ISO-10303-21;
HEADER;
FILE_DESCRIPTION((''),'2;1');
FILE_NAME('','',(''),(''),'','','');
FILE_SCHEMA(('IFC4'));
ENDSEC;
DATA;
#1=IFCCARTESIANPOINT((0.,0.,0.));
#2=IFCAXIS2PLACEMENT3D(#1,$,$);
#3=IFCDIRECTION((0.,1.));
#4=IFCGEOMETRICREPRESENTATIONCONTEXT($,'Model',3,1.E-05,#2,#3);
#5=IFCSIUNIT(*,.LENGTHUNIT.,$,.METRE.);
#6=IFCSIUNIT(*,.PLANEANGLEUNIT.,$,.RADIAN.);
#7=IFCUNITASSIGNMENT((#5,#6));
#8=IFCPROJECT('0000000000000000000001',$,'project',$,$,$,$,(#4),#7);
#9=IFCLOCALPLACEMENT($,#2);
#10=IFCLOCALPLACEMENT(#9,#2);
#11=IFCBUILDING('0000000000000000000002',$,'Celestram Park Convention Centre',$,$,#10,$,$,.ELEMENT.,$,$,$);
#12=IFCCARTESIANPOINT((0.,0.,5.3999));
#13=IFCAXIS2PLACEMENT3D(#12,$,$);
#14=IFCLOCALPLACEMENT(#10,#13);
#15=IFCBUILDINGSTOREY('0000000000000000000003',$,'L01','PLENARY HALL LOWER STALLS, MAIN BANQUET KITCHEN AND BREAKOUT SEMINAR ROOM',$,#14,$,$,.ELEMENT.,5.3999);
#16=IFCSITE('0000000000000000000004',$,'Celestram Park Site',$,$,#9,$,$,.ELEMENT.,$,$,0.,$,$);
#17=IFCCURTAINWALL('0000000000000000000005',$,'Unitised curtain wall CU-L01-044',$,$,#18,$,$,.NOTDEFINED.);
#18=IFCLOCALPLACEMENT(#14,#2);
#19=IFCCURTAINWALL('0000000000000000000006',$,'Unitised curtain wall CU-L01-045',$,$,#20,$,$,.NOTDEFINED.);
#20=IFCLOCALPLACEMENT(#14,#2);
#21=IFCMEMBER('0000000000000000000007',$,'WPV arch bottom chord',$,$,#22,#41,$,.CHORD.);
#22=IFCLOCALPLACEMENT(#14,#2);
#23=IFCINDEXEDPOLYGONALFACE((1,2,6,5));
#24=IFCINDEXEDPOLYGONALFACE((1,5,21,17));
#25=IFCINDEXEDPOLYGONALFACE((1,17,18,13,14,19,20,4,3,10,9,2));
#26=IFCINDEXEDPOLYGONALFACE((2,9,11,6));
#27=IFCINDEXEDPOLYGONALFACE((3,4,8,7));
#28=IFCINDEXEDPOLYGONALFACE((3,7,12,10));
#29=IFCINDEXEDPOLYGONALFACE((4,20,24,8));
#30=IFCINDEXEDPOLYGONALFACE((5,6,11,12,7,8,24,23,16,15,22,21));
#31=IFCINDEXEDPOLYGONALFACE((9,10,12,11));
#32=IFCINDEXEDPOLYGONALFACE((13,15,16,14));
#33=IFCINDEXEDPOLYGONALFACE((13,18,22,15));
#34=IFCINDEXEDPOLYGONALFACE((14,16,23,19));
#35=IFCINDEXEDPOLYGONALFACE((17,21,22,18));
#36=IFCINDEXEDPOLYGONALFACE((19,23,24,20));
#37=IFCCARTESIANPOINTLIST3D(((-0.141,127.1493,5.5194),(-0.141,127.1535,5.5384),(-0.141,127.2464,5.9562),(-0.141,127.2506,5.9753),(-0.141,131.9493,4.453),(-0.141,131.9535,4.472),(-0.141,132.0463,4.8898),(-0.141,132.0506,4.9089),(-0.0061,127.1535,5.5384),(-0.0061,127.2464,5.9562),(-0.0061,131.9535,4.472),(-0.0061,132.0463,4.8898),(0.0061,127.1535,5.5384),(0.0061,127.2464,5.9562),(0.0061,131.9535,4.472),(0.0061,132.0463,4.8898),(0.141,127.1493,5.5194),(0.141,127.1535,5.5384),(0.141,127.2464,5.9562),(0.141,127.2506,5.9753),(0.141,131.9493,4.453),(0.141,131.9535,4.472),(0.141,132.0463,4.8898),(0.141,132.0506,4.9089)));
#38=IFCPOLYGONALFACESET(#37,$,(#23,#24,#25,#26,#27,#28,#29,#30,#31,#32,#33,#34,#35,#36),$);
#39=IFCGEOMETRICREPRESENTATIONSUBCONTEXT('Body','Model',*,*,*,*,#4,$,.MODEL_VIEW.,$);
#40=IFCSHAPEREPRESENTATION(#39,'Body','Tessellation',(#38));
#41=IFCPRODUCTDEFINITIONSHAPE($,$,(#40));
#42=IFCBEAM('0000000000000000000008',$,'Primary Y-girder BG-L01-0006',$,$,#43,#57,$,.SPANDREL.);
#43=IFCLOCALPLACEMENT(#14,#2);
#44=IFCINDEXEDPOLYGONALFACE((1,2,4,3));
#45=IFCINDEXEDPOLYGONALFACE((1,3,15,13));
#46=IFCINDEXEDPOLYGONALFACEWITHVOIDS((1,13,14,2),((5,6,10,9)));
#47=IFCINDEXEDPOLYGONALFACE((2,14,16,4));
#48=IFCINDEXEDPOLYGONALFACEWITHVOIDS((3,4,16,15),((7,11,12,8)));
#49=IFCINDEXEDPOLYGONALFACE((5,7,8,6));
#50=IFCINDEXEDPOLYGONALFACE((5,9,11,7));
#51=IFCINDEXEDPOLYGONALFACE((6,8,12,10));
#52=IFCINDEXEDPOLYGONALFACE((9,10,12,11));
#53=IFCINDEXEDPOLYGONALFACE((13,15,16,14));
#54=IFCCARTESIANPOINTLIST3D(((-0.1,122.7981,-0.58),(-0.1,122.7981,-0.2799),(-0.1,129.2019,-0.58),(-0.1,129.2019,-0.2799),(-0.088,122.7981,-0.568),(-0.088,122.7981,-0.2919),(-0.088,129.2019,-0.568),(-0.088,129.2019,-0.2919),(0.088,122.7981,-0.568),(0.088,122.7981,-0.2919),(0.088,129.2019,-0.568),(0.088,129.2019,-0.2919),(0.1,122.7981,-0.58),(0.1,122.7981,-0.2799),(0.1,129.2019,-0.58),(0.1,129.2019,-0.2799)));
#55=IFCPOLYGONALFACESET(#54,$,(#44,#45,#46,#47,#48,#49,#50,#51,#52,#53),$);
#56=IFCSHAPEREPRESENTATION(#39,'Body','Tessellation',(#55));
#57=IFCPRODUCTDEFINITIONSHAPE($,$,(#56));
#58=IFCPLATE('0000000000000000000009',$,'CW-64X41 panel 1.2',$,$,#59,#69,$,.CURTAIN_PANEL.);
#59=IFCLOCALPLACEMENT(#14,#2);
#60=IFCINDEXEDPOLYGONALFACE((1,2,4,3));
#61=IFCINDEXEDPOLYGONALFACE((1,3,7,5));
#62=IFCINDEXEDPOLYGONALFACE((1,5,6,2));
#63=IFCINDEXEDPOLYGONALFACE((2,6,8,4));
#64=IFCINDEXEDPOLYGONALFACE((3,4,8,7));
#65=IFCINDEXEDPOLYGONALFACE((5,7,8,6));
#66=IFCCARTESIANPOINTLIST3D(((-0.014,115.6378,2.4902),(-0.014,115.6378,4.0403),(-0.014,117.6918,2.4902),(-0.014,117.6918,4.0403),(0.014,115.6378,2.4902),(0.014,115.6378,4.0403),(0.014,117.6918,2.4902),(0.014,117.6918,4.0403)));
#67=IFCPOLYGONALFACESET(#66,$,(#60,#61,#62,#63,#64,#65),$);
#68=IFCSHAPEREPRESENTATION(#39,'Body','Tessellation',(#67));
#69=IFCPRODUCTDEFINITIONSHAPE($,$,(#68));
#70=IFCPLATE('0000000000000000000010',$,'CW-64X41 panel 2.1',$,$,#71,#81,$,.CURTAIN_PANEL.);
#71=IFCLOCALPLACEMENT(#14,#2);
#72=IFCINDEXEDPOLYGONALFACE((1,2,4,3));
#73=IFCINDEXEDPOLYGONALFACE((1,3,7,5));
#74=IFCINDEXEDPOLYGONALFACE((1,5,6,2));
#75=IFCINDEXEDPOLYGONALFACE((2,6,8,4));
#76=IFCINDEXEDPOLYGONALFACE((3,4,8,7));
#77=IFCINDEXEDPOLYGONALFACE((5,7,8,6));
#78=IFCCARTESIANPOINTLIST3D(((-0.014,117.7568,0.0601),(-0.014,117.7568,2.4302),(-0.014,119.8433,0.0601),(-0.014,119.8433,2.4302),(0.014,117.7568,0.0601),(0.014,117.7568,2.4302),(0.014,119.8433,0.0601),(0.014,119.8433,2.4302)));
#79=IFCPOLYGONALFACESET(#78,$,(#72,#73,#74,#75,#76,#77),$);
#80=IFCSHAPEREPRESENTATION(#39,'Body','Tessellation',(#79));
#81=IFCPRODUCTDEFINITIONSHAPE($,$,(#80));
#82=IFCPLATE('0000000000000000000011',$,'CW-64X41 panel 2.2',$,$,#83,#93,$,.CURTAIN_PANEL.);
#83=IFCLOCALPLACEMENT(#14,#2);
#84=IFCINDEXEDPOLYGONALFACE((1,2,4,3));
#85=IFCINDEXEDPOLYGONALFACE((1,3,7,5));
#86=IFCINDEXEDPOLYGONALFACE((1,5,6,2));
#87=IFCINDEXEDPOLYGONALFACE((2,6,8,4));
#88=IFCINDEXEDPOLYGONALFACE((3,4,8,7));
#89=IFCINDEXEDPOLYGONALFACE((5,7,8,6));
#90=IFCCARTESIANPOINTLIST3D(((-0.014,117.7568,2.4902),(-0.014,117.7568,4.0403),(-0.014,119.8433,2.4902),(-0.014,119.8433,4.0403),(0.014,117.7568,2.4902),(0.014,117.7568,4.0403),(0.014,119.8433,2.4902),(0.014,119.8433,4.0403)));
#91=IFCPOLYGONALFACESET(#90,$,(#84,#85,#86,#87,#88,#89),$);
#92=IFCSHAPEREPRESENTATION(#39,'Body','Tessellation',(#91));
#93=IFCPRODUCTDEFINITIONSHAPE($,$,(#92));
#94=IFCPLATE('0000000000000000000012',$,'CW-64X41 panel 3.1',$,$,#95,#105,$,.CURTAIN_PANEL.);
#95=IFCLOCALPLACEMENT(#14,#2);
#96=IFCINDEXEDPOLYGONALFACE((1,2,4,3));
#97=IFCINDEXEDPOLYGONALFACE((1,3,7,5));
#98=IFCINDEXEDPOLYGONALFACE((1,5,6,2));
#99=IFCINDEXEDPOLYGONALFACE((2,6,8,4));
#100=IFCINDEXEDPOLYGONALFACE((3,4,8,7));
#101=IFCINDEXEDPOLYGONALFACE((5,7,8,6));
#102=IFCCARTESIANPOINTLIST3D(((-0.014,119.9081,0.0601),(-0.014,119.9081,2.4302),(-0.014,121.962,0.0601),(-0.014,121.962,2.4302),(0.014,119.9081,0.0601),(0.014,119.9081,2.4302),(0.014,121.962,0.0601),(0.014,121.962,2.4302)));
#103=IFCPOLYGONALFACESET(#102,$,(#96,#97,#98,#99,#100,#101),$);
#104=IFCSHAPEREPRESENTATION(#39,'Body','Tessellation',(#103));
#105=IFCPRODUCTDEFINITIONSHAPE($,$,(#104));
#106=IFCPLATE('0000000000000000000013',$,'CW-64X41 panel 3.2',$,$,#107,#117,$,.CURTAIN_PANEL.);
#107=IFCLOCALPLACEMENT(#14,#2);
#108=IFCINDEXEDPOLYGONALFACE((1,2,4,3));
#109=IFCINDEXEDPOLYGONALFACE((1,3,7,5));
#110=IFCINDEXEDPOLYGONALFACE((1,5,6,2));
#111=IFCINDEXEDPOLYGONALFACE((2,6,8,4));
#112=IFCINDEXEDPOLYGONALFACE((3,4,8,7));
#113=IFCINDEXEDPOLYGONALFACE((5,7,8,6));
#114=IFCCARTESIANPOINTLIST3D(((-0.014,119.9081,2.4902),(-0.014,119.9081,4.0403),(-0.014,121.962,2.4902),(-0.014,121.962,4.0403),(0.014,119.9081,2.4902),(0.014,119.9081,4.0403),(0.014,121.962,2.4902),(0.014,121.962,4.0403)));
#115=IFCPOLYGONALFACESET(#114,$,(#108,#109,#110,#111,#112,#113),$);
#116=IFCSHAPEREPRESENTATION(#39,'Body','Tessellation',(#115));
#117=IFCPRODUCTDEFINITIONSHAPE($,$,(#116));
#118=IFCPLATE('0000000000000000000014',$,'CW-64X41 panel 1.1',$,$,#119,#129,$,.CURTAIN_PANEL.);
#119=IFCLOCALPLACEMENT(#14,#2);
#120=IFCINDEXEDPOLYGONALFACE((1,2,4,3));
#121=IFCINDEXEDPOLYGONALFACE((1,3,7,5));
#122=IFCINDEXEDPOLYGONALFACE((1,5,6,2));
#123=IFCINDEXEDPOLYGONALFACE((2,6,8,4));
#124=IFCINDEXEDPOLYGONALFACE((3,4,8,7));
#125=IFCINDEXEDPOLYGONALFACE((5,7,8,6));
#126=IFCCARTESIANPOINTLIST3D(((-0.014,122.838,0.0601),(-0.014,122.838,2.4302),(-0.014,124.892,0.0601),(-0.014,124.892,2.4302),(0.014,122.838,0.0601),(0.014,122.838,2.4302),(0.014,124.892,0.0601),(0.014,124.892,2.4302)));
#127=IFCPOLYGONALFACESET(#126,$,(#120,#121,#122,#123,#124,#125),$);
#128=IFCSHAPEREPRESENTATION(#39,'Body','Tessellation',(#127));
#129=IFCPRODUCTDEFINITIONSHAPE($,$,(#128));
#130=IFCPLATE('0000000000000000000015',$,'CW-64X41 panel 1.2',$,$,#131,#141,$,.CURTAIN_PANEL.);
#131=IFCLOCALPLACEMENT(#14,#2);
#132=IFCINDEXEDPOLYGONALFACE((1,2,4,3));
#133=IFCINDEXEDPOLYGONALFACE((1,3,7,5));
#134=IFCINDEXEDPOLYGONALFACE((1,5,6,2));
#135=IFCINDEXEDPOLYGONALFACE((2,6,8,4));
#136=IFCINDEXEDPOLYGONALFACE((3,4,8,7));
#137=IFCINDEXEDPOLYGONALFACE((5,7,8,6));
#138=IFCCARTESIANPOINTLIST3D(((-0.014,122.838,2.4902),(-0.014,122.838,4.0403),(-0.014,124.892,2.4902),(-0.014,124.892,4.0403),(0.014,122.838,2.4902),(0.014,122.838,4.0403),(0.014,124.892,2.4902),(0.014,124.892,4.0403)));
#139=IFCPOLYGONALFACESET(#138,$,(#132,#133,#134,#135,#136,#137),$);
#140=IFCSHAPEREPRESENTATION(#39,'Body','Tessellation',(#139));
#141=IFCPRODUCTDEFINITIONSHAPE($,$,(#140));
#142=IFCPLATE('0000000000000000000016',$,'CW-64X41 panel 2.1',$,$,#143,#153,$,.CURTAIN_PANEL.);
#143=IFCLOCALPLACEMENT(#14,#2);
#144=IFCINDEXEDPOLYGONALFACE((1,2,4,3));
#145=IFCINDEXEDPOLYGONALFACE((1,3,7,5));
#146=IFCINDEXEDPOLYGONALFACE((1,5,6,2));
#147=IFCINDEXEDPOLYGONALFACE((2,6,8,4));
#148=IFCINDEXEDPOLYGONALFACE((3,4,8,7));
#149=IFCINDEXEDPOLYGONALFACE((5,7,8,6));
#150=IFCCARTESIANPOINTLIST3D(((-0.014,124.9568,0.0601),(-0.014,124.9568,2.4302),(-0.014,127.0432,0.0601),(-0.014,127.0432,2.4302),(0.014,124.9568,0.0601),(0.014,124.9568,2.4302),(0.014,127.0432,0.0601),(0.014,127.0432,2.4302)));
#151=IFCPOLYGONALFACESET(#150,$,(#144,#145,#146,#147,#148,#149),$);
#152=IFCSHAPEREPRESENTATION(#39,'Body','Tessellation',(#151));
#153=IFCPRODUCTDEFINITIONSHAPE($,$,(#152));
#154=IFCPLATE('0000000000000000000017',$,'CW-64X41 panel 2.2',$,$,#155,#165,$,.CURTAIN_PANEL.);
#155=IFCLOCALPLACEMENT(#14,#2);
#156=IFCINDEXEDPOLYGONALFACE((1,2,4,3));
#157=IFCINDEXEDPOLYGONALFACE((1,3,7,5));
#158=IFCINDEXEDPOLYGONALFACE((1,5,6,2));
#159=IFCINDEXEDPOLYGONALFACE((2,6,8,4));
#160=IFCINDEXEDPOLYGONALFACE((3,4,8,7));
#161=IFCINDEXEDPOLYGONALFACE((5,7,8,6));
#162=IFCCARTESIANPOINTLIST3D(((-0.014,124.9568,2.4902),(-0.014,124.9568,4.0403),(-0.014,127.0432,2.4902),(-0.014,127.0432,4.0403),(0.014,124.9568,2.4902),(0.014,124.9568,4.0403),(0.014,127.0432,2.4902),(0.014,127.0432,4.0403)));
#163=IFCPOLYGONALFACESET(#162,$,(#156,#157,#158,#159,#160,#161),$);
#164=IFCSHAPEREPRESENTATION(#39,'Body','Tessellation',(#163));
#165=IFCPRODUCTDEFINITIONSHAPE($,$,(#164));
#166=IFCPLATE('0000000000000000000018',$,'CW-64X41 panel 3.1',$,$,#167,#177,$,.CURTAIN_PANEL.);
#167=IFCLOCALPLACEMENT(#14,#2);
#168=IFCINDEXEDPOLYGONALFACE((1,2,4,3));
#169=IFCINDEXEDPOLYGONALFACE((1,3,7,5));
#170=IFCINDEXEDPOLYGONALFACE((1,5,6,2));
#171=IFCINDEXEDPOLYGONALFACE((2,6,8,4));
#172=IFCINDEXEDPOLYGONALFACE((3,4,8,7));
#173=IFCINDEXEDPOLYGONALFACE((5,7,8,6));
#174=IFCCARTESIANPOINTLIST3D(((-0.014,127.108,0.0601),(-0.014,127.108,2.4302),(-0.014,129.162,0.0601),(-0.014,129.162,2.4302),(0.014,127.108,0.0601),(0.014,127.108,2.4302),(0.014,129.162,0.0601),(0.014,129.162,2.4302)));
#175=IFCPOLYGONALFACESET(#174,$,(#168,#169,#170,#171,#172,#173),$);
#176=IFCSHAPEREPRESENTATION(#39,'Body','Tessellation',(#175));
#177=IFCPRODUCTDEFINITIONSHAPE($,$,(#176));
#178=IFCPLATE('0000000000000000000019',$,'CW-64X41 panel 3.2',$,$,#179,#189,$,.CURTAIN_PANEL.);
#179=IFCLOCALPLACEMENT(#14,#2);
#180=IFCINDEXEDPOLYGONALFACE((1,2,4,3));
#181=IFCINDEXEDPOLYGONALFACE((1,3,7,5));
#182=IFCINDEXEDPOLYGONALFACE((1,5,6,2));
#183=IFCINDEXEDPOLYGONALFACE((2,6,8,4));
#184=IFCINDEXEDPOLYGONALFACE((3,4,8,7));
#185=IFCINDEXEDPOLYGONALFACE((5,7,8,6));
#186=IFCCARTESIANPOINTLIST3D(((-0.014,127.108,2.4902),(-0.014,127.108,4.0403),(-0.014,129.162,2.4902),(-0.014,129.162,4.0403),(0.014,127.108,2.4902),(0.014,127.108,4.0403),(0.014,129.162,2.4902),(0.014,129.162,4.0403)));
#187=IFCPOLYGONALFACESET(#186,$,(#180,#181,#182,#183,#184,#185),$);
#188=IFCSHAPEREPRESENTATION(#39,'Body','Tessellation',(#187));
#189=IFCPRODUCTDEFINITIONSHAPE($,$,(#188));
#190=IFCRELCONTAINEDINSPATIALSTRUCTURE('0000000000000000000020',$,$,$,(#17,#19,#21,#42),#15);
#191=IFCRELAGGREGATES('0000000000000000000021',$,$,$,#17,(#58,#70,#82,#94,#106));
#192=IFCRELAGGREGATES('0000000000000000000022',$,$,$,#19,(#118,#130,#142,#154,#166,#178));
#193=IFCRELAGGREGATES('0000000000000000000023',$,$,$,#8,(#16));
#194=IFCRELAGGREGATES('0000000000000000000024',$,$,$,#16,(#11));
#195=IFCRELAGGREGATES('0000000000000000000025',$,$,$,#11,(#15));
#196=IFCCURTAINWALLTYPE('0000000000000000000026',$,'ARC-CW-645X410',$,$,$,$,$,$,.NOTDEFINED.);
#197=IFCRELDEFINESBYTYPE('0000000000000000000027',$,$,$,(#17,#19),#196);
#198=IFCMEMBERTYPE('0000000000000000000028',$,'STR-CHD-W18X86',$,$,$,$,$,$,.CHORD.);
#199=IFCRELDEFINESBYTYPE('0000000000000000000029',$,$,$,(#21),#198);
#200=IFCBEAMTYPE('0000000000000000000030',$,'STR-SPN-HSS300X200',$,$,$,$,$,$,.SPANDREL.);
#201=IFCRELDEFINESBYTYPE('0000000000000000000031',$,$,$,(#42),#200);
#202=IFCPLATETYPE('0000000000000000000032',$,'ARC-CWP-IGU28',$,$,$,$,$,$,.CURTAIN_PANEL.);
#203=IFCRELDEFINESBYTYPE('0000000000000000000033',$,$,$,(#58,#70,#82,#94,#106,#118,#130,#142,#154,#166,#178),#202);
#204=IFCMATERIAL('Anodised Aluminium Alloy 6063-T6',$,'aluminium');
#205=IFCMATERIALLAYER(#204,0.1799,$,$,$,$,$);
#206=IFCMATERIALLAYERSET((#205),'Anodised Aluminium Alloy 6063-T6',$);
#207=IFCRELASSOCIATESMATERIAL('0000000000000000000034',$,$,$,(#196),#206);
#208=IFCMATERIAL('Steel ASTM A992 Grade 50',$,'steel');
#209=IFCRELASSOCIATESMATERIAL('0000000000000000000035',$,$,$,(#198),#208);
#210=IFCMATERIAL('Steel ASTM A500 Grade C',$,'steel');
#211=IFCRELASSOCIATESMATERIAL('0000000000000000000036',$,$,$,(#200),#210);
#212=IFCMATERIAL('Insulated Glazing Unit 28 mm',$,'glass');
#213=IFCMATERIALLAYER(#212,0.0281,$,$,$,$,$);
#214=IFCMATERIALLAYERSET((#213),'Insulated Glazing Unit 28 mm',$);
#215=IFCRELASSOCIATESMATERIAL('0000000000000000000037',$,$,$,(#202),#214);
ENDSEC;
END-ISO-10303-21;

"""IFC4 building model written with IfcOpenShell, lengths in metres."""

from ifc_helpers import new_model, si_unit, direction, frame, origin, origin_2d, place, context, subcontext, project, spatial, rectangle, hollow_rectangle, i_section, extrude, material, layer, layer_set, material_profile, profile_set, type_object, element, aggregate, save


model = new_model("IFC4")

# Units and contexts
model_context = context("Model", 3, precision=1e-05, world=origin(), true_north=direction((0.0, 1.0)))
body_context = subcontext(model_context, "Body", "Model", "MODEL_VIEW")
ifc_project = project(units=[si_unit("LENGTHUNIT", "METRE"), si_unit("PLANEANGLEUNIT", "RADIAN")], contexts=[model_context])

# Site, building, storey
site_placement = place(None, origin())
site = spatial("IfcSite", under=ifc_project, at=site_placement, Name="Celestram Park Site", CompositionType="ELEMENT", RefElevation=0.0)
building_placement = place(site_placement, origin())
building = spatial("IfcBuilding", under=site, at=building_placement, Name="Celestram Park Convention Centre", CompositionType="ELEMENT")
storey_placement = place(building_placement, frame((0.0, 0.0, 5.3999)))
storey = spatial("IfcBuildingStorey", under=building, at=storey_placement, Name="L01", Description="PLENARY HALL LOWER STALLS, MAIN BANQUET KITCHEN AND BREAKOUT SEMINAR ROOM", CompositionType="ELEMENT", Elevation=5.3999)

# Curtain walls
ifc_material_1 = material(Name="Anodised Aluminium Alloy 6063-T6", Category="aluminium")
ifc_layer_1 = layer(ifc_material_1, 0.1799)
ifc_layer_set_1 = layer_set([ifc_layer_1], Name="Anodised Aluminium Alloy 6063-T6")
curtain_wall_type = type_object("IfcCurtainWallType", Name="ARC-CW-645X410", PredefinedType="NOTDEFINED", material=ifc_layer_set_1)
curtain_wall_1_placement = place(storey_placement, origin())
curtain_wall_1 = element("IfcCurtainWall", 1, at=curtain_wall_1_placement, inside=storey, type_object=curtain_wall_type, Name="Unitised curtain wall CU-L01-044", PredefinedType="NOTDEFINED")
curtain_wall_2_placement = place(storey_placement, origin())
curtain_wall_2 = element("IfcCurtainWall", 2, at=curtain_wall_2_placement, inside=storey, type_object=curtain_wall_type, Name="Unitised curtain wall CU-L01-045", PredefinedType="NOTDEFINED")

# Member
ifc_material_2 = material(Name="Steel ASTM A992 Grade 50", Category="steel")
ifc_material_profile_1 = material_profile(ifc_material_2, i_section(OverallWidth=0.282, OverallDepth=0.467, WebThickness=0.0122, FlangeThickness=0.0195, at=origin_2d()), Name="W18X86")
ifc_profile_set_1 = profile_set([ifc_material_profile_1], Name="Steel ASTM A992 Grade 50")
member_type_1 = type_object("IfcMemberType", Name="STR-CHD-W18X86", PredefinedType="CHORD", material=ifc_profile_set_1)
member_1_placement = place(storey_placement, frame((0.0, 127.2, 5.7473), z_axis=(0.0, 0.976199, -0.216878), x_axis=(-1.0, 0.0, 0.0)))
element("IfcMember", 3, at=member_1_placement, inside=storey, type_object=member_type_1, Name="WPV arch bottom chord", PredefinedType="CHORD", context=body_context, shape_type="SweptSolid", body=[
    extrude(i_section(OverallWidth=0.282, OverallDepth=0.467, WebThickness=0.0122, FlangeThickness=0.0195, at=origin_2d()), origin(), (0.0, 0.0, 1.0), 4.917),
])

# Beam
ifc_material_3 = material(Name="Steel ASTM A500 Grade C", Category="steel")
ifc_material_profile_2 = material_profile(ifc_material_3, hollow_rectangle(XDim=0.2, YDim=0.3, WallThickness=0.012, at=origin_2d()), Name="HSS300X200X12")
ifc_profile_set_2 = profile_set([ifc_material_profile_2], Name="Steel ASTM A500 Grade C")
beam_type = type_object("IfcBeamType", Name="STR-SPN-HSS300X200", PredefinedType="SPANDREL", material=ifc_profile_set_2)
beam_placement = place(storey_placement, frame((0.0, 122.7981, -0.4299), z_axis=(0.0, 1.0, 0.0), x_axis=(-1.0, 0.0, 0.0)))
element("IfcBeam", 4, at=beam_placement, inside=storey, type_object=beam_type, Name="Primary Y-girder BG-L01-0006", PredefinedType="SPANDREL", context=body_context, shape_type="SweptSolid", body=[
    extrude(hollow_rectangle(XDim=0.2, YDim=0.3, WallThickness=0.012, at=origin_2d()), origin(), (0.0, 0.0, 1.0), 6.4038),
])

# Plates
ifc_material_4 = material(Name="Insulated Glazing Unit 28 mm", Category="glass")
ifc_layer_2 = layer(ifc_material_4, 0.0281)
ifc_layer_set_2 = layer_set([ifc_layer_2], Name="Insulated Glazing Unit 28 mm")
plate_type = type_object("IfcPlateType", Name="ARC-CWP-IGU28", PredefinedType="CURTAIN_PANEL", material=ifc_layer_set_2)
plate_1_placement = place(storey_placement, frame((0.0, 116.6648, 2.4902), z_axis=(0.0, 0.0, 1.0), x_axis=(0.0, 1.0, 0.0)))
plate_1 = element("IfcPlate", 5, at=plate_1_placement, type_object=plate_type, Name="CW-64X41 panel 1.2", PredefinedType="CURTAIN_PANEL", context=body_context, shape_type="SweptSolid", body=[
    extrude(rectangle(XDim=2.054, YDim=0.0281, at=origin_2d()), origin(), (0.0, 0.0, 1.0), 1.55),
])
plate_2_placement = place(storey_placement, frame((0.0, 118.8, 0.0601), z_axis=(0.0, 0.0, 1.0), x_axis=(0.0, 1.0, 0.0)))
plate_2 = element("IfcPlate", 6, at=plate_2_placement, type_object=plate_type, Name="CW-64X41 panel 2.1", PredefinedType="CURTAIN_PANEL", context=body_context, shape_type="SweptSolid", body=[
    extrude(rectangle(XDim=2.0864, YDim=0.0281, at=origin_2d()), origin(), (0.0, 0.0, 1.0), 2.3701),
])
plate_3_placement = place(storey_placement, frame((0.0, 118.8, 2.4902), z_axis=(0.0, 0.0, 1.0), x_axis=(0.0, 1.0, 0.0)))
plate_3 = element("IfcPlate", 7, at=plate_3_placement, type_object=plate_type, Name="CW-64X41 panel 2.2", PredefinedType="CURTAIN_PANEL", context=body_context, shape_type="SweptSolid", body=[
    extrude(rectangle(XDim=2.0864, YDim=0.0281, at=origin_2d()), origin(), (0.0, 0.0, 1.0), 1.55),
])
plate_4_placement = place(storey_placement, frame((0.0, 120.9351, 0.0601), z_axis=(0.0, 0.0, 1.0), x_axis=(0.0, 1.0, 0.0)))
plate_4 = element("IfcPlate", 8, at=plate_4_placement, type_object=plate_type, Name="CW-64X41 panel 3.1", PredefinedType="CURTAIN_PANEL", context=body_context, shape_type="SweptSolid", body=[
    extrude(rectangle(XDim=2.054, YDim=0.0281, at=origin_2d()), origin(), (0.0, 0.0, 1.0), 2.3701),
])
plate_5_placement = place(storey_placement, frame((0.0, 120.9351, 2.4902), z_axis=(0.0, 0.0, 1.0), x_axis=(0.0, 1.0, 0.0)))
plate_5 = element("IfcPlate", 9, at=plate_5_placement, type_object=plate_type, Name="CW-64X41 panel 3.2", PredefinedType="CURTAIN_PANEL", context=body_context, shape_type="SweptSolid", body=[
    extrude(rectangle(XDim=2.054, YDim=0.0281, at=origin_2d()), origin(), (0.0, 0.0, 1.0), 1.55),
])
aggregate(curtain_wall_1, [plate_1, plate_2, plate_3, plate_4, plate_5])
plate_6_placement = place(storey_placement, frame((0.0, 123.865, 0.0601), z_axis=(0.0, 0.0, 1.0), x_axis=(0.0, 1.0, 0.0)))
plate_6 = element("IfcPlate", 10, at=plate_6_placement, type_object=plate_type, Name="CW-64X41 panel 1.1", PredefinedType="CURTAIN_PANEL", context=body_context, shape_type="SweptSolid", body=[
    extrude(rectangle(XDim=2.054, YDim=0.0281, at=origin_2d()), origin(), (0.0, 0.0, 1.0), 2.3701),
])
plate_7_placement = place(storey_placement, frame((0.0, 123.865, 2.4902), z_axis=(0.0, 0.0, 1.0), x_axis=(0.0, 1.0, 0.0)))
plate_7 = element("IfcPlate", 11, at=plate_7_placement, type_object=plate_type, Name="CW-64X41 panel 1.2", PredefinedType="CURTAIN_PANEL", context=body_context, shape_type="SweptSolid", body=[
    extrude(rectangle(XDim=2.054, YDim=0.0281, at=origin_2d()), origin(), (0.0, 0.0, 1.0), 1.55),
])
plate_8_placement = place(storey_placement, frame((0.0, 126.0, 0.0601), z_axis=(0.0, 0.0, 1.0), x_axis=(0.0, 1.0, 0.0)))
plate_8 = element("IfcPlate", 12, at=plate_8_placement, type_object=plate_type, Name="CW-64X41 panel 2.1", PredefinedType="CURTAIN_PANEL", context=body_context, shape_type="SweptSolid", body=[
    extrude(rectangle(XDim=2.0864, YDim=0.0281, at=origin_2d()), origin(), (0.0, 0.0, 1.0), 2.3701),
])
plate_9_placement = place(storey_placement, frame((0.0, 126.0, 2.4902), z_axis=(0.0, 0.0, 1.0), x_axis=(0.0, 1.0, 0.0)))
plate_9 = element("IfcPlate", 13, at=plate_9_placement, type_object=plate_type, Name="CW-64X41 panel 2.2", PredefinedType="CURTAIN_PANEL", context=body_context, shape_type="SweptSolid", body=[
    extrude(rectangle(XDim=2.0864, YDim=0.0281, at=origin_2d()), origin(), (0.0, 0.0, 1.0), 1.55),
])
plate_10_placement = place(storey_placement, frame((0.0, 128.135, 0.0601), z_axis=(0.0, 0.0, 1.0), x_axis=(0.0, 1.0, 0.0)))
plate_10 = element("IfcPlate", 14, at=plate_10_placement, type_object=plate_type, Name="CW-64X41 panel 3.1", PredefinedType="CURTAIN_PANEL", context=body_context, shape_type="SweptSolid", body=[
    extrude(rectangle(XDim=2.054, YDim=0.0281, at=origin_2d()), origin(), (0.0, 0.0, 1.0), 2.3701),
])
plate_11_placement = place(storey_placement, frame((0.0, 128.135, 2.4902), z_axis=(0.0, 0.0, 1.0), x_axis=(0.0, 1.0, 0.0)))
plate_11 = element("IfcPlate", 15, at=plate_11_placement, type_object=plate_type, Name="CW-64X41 panel 3.2", PredefinedType="CURTAIN_PANEL", context=body_context, shape_type="SweptSolid", body=[
    extrude(rectangle(XDim=2.054, YDim=0.0281, at=origin_2d()), origin(), (0.0, 0.0, 1.0), 1.55),
])
aggregate(curtain_wall_2, [plate_6, plate_7, plate_8, plate_9, plate_10, plate_11])

save(model, "model.ifc")
